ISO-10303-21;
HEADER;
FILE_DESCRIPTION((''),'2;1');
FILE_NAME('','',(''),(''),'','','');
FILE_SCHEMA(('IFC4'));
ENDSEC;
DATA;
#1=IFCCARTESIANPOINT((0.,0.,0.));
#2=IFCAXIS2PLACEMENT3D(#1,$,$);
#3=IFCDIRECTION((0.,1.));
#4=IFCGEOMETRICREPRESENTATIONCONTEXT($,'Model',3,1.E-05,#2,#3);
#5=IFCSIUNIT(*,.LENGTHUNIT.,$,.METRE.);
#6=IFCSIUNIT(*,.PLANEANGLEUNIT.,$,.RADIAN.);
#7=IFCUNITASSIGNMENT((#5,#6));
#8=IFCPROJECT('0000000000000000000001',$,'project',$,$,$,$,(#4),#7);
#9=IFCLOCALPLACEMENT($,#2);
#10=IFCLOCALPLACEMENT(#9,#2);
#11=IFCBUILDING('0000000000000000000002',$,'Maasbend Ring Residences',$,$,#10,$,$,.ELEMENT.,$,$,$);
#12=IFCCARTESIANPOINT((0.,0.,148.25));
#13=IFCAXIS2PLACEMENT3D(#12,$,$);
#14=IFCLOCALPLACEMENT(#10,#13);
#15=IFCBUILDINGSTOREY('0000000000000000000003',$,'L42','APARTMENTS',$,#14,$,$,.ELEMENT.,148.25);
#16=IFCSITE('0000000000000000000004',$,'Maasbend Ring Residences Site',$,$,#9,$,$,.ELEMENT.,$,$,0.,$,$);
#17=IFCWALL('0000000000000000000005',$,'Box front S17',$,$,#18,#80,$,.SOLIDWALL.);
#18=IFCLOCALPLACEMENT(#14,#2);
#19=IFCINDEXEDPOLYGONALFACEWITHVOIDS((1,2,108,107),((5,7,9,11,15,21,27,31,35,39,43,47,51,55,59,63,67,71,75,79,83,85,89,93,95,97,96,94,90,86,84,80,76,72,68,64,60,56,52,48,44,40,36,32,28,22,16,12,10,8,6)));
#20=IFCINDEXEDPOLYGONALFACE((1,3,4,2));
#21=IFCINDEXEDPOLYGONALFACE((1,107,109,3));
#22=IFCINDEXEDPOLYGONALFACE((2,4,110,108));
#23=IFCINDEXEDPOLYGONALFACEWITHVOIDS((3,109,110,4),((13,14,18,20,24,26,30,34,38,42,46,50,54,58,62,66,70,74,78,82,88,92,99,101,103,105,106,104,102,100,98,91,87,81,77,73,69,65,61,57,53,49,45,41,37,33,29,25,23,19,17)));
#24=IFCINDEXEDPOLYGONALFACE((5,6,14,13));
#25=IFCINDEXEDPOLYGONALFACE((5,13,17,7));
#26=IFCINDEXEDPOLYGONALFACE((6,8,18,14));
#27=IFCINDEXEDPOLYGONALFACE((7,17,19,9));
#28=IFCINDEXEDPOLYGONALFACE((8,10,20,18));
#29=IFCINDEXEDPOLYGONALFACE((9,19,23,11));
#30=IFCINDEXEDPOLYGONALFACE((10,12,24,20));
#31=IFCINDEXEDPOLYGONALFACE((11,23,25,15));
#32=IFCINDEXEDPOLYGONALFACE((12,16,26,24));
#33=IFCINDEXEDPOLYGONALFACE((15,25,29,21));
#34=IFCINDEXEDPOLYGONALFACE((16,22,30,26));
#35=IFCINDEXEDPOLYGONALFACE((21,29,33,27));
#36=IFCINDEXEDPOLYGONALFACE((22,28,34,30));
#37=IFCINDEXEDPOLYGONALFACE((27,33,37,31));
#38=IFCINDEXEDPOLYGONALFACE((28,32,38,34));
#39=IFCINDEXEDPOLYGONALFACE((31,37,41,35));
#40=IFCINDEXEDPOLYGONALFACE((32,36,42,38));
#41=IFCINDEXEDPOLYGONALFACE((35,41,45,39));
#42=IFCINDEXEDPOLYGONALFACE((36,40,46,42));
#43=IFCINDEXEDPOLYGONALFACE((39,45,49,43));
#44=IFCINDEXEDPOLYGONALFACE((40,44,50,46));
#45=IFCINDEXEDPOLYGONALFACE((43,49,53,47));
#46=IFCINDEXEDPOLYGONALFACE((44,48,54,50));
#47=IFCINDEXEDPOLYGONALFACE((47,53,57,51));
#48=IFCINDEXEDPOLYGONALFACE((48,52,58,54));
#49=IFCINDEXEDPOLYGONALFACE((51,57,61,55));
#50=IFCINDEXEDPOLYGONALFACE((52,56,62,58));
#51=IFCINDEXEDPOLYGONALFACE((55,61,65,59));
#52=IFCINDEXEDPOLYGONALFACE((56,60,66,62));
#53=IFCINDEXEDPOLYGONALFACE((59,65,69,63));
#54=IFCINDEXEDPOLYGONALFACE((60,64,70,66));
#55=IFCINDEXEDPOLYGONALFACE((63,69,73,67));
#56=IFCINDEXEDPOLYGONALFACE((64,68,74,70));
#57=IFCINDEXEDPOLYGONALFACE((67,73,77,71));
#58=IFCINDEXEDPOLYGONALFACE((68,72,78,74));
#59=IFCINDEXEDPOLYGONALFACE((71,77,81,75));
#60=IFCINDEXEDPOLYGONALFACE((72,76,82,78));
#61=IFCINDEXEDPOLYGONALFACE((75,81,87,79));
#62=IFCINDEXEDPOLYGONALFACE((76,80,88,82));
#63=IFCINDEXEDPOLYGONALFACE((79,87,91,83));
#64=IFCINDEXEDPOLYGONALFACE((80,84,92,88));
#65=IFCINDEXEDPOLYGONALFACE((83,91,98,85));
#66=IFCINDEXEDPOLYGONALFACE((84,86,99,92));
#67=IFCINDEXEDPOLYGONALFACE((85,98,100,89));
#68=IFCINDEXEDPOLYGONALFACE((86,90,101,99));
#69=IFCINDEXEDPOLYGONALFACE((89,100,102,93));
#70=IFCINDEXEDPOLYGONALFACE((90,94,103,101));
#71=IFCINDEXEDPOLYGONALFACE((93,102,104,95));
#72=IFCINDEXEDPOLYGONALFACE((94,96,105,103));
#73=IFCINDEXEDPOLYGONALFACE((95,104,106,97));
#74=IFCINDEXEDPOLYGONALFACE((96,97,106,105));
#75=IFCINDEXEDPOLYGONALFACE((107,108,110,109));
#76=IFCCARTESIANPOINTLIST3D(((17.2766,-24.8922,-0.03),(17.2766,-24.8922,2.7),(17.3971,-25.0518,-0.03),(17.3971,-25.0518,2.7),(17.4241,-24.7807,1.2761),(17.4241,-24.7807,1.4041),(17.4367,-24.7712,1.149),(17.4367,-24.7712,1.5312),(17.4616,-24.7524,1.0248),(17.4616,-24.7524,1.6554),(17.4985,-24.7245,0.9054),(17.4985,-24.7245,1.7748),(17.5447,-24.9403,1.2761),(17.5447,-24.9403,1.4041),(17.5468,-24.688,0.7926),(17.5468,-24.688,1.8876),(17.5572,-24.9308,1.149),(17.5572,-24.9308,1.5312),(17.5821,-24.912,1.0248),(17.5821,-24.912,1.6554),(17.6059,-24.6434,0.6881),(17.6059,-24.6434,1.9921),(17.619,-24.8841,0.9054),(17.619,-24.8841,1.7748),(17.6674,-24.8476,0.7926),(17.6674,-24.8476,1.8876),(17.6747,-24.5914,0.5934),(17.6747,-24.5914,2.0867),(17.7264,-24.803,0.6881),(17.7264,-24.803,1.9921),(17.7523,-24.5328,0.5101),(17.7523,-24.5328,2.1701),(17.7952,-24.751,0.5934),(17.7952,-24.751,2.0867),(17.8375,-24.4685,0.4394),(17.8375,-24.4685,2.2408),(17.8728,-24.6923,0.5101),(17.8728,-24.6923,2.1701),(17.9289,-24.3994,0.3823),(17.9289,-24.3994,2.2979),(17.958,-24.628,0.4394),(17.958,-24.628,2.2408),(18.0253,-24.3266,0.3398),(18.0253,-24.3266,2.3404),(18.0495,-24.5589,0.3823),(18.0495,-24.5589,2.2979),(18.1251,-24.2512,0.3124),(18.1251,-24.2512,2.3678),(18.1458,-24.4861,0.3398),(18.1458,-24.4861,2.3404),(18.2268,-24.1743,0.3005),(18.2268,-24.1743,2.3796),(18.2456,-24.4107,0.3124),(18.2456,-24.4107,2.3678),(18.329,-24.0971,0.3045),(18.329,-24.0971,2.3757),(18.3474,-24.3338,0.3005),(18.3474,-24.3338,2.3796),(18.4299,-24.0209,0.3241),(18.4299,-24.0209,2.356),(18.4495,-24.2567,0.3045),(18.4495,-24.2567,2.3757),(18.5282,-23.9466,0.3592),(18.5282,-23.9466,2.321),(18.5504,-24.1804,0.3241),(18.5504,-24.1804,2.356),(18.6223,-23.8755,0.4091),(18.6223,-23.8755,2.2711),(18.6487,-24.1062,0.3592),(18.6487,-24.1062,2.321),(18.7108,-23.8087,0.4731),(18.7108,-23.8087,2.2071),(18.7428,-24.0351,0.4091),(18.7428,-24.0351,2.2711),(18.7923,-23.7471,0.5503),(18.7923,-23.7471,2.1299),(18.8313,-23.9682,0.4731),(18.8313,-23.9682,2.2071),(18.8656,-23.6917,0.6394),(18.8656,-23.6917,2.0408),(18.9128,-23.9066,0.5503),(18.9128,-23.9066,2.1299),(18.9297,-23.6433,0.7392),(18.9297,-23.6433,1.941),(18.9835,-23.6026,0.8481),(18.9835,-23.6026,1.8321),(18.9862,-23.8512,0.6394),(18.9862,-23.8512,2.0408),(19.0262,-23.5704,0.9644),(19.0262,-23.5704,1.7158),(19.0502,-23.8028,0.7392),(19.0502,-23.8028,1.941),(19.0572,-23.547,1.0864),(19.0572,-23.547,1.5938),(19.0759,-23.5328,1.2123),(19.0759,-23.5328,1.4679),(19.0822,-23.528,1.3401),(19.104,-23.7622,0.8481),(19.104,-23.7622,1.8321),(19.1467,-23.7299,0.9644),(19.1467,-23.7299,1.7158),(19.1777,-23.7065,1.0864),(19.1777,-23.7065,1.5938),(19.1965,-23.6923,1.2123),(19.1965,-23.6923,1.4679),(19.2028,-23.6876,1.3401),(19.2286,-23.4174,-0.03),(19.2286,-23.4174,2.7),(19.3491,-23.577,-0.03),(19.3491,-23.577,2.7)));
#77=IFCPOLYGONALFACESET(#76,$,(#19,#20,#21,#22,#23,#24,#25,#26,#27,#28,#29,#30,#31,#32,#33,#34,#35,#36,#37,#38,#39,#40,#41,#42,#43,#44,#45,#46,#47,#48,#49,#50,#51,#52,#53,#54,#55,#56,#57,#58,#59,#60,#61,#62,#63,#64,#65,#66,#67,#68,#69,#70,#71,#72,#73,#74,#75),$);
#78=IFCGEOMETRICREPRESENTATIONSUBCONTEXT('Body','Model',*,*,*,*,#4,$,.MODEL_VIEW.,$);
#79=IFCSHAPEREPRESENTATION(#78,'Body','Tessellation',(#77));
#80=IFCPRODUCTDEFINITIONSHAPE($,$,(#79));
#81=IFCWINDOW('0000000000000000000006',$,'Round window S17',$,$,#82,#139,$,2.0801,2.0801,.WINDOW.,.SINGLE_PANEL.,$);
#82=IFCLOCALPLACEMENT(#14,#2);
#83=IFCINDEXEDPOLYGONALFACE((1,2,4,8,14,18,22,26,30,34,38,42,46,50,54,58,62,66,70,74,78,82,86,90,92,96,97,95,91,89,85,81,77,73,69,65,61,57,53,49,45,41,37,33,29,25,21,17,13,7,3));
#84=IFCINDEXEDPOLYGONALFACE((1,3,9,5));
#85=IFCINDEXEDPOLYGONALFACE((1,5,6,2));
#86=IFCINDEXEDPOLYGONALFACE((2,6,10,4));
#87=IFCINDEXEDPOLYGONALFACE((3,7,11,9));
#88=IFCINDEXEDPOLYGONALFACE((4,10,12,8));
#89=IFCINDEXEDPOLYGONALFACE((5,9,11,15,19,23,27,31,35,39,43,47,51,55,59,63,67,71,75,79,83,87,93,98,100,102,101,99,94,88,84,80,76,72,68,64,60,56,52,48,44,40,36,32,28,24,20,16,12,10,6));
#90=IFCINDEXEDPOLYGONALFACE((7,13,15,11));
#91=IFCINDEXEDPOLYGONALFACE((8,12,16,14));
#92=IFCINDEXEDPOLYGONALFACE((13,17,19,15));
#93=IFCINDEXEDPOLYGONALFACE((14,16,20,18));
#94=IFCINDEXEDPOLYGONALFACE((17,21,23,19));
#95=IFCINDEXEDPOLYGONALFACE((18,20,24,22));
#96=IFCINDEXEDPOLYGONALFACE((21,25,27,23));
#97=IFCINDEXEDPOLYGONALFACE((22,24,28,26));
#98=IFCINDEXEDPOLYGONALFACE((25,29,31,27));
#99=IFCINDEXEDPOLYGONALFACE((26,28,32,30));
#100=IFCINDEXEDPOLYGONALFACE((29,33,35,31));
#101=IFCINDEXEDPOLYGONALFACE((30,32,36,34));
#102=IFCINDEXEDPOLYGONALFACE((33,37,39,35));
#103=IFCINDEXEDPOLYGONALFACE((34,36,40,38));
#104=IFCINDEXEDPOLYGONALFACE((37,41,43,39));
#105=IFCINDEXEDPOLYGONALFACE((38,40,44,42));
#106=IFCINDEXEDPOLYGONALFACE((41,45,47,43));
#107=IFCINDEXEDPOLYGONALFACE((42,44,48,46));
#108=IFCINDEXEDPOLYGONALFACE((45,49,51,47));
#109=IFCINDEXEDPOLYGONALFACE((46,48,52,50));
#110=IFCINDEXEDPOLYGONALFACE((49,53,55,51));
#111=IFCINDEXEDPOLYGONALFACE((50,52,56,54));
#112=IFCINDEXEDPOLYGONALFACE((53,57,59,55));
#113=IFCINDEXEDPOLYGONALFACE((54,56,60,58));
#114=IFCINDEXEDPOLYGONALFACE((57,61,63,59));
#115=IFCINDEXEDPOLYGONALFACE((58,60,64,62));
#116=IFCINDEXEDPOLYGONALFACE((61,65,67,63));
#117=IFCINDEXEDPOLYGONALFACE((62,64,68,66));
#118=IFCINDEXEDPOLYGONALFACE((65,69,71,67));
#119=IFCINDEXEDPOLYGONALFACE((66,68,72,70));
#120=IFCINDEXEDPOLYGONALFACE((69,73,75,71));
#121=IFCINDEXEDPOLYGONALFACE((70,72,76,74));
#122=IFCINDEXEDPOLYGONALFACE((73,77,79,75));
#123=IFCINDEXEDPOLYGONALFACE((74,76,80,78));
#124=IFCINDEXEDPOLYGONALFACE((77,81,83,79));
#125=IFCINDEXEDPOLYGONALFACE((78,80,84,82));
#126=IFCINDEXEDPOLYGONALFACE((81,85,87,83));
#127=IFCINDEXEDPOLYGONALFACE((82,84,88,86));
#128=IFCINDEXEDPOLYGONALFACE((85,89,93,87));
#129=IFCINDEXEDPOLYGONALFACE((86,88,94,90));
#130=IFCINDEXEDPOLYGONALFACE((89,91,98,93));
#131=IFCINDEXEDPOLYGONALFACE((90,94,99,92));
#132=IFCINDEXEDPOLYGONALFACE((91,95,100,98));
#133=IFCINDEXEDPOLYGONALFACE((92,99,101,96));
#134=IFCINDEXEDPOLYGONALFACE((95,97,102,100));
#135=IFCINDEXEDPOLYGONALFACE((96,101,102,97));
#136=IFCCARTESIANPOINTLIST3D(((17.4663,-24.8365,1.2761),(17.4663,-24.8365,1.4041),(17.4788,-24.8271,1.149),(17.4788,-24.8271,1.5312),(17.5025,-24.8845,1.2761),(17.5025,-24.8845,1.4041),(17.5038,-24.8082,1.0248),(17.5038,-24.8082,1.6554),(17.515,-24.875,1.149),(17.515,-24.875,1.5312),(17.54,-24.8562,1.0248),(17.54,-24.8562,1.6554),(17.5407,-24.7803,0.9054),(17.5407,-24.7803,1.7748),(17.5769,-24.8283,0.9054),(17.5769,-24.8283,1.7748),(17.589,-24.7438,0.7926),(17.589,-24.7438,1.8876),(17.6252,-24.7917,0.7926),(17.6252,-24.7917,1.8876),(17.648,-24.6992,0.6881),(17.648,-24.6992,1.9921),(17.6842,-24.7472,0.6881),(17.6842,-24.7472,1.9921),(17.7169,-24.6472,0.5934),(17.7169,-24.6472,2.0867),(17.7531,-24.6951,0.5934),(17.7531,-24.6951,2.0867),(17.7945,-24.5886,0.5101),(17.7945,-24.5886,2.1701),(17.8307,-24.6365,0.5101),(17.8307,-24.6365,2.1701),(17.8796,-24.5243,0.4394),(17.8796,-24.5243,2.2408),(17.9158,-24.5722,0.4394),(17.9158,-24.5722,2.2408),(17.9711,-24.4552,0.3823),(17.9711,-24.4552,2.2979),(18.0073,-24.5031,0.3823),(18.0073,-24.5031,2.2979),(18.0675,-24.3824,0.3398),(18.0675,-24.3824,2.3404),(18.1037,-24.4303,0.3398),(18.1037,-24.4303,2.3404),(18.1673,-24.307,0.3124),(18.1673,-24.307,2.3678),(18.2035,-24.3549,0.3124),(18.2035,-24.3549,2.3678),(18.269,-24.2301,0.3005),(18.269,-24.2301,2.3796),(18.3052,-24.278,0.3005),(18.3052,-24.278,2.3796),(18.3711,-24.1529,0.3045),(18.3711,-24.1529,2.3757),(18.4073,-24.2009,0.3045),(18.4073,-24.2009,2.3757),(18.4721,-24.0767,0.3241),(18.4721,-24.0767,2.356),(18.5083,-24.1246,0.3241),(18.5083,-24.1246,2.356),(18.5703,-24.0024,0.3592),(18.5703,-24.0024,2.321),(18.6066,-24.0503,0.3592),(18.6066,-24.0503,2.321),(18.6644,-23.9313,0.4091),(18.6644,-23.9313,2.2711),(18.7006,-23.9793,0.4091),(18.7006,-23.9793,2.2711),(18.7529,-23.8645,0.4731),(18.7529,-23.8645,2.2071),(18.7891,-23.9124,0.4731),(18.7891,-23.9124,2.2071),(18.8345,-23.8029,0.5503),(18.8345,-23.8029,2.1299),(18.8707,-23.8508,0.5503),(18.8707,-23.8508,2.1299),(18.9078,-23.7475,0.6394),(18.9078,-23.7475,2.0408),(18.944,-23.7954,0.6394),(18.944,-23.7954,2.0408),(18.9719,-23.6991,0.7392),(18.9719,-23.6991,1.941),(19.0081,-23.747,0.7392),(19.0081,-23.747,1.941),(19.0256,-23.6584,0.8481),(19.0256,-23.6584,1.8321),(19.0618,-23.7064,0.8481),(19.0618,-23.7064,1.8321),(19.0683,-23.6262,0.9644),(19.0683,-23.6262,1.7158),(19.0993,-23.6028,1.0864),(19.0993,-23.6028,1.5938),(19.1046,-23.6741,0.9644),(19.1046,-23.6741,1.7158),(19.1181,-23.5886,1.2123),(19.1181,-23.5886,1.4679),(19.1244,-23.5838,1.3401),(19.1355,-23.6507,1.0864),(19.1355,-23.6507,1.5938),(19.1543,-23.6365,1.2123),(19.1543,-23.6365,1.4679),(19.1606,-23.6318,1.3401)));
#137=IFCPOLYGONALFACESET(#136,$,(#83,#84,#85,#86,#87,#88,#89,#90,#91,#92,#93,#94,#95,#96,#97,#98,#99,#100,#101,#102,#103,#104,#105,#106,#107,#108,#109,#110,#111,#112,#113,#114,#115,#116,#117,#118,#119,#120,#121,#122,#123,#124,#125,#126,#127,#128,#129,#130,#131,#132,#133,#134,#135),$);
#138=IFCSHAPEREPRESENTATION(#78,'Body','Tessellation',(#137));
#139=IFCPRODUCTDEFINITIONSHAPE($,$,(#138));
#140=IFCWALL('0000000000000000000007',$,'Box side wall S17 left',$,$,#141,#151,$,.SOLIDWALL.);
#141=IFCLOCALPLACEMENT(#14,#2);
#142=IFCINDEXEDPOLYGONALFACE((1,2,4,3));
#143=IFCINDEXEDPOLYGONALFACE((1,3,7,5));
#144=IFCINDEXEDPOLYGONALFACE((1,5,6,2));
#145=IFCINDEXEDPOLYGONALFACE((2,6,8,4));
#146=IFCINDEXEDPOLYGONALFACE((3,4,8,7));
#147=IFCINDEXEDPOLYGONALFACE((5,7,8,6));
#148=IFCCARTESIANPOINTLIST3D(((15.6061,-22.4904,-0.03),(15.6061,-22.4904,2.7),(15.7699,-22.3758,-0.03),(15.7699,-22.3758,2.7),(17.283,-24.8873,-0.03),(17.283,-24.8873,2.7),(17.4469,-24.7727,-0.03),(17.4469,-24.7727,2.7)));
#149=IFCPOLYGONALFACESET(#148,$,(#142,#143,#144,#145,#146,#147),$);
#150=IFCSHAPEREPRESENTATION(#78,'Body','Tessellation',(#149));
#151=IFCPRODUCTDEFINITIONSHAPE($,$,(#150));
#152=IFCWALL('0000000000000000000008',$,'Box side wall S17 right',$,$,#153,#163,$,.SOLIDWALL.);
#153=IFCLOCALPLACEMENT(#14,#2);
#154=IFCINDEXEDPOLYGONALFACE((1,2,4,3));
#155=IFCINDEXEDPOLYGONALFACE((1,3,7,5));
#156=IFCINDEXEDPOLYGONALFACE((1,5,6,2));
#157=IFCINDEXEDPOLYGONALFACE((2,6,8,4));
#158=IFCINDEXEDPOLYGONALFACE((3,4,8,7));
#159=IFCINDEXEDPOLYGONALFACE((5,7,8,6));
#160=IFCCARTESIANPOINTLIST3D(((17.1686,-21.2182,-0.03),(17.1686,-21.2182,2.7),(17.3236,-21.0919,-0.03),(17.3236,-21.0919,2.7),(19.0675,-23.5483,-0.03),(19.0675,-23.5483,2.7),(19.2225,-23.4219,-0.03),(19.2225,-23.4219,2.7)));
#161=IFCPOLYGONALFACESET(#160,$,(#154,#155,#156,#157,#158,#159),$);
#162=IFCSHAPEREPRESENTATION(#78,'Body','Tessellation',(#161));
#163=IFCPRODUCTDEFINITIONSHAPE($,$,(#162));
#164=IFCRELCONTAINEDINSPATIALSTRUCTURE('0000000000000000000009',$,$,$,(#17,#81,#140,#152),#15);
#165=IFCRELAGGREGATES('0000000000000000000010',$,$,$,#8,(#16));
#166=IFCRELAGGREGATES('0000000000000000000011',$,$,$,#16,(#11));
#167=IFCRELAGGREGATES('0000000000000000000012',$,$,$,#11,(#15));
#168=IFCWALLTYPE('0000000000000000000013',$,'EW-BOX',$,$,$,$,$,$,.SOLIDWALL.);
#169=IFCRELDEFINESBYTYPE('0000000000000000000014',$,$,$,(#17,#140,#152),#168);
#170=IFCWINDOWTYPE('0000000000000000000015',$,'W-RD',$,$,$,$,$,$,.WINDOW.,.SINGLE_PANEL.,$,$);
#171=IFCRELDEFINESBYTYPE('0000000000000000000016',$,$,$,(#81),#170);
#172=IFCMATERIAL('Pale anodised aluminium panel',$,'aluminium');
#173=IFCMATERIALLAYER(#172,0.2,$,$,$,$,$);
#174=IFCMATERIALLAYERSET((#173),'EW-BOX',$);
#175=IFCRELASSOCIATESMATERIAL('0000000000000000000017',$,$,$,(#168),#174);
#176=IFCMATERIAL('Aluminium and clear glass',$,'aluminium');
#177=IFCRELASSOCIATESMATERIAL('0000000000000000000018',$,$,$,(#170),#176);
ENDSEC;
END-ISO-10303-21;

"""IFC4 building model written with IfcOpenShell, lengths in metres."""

from ifc_helpers import new_model, si_unit, direction, frame, frame_2d, origin, place, context, subcontext, project, spatial, rectangle, circle, extrude, material, layer, layer_set, type_object, element, fill, save


model = new_model("IFC4")

# Units and contexts
model_context = context("Model", 3, precision=1e-05, world=origin(), true_north=direction((0.0, 1.0)))
body_context = subcontext(model_context, "Body", "Model", "MODEL_VIEW")
ifc_project = project(units=[si_unit("LENGTHUNIT", "METRE"), si_unit("PLANEANGLEUNIT", "RADIAN")], contexts=[model_context])

# Site, building, storey
site_placement = place(None, origin())
site = spatial("IfcSite", under=ifc_project, at=site_placement, Name="Maasbend Ring Residences Site", CompositionType="ELEMENT", RefElevation=0.0)
building_placement = place(site_placement, origin())
building = spatial("IfcBuilding", under=site, at=building_placement, Name="Maasbend Ring Residences", CompositionType="ELEMENT")
storey_placement = place(building_placement, frame((0.0, 0.0, 148.25)))
storey = spatial("IfcBuildingStorey", under=building, at=storey_placement, Name="L42", Description="APARTMENTS", CompositionType="ELEMENT", Elevation=148.25)

# Shared definitions
ifc_material_1 = material(Name="Pale anodised aluminium panel", Category="aluminium")
ifc_layer_1 = layer(ifc_material_1, 0.2)
ifc_layer_set_1 = layer_set([ifc_layer_1], Name="EW-BOX")
wall_type_1 = type_object("IfcWallType", Name="EW-BOX", PredefinedType="SOLIDWALL", material=ifc_layer_set_1)

# Wall, opening, window
wall_1_placement = place(storey_placement, frame((17.3369, -24.9719, -0.03), z_axis=(0.0, 0.0, 1.0), x_axis=(0.797888, 0.602806, 0.0)))
wall_1 = element("IfcWall", 1, at=wall_1_placement, inside=storey, type_object=wall_type_1, Name="Box front S17", PredefinedType="SOLIDWALL", context=body_context, shape_type="SweptSolid", body=[
    extrude(rectangle(XDim=2.4465, YDim=0.2, at=frame_2d((1.2231, 0.0))), origin(), (0.0, 0.0, 1.0), 2.73),
])
opening_1_placement = place(wall_1_placement, frame((0.1829, 0.0, 0.3301)))
opening_1 = element("IfcOpeningElement", 2, at=opening_1_placement, cuts=wall_1, PredefinedType="OPENING", context=body_context, shape_type="SweptSolid", body=[
    extrude(circle(Radius=1.04, at=frame_2d((1.04, 1.04))), frame((0.0, 0.1099, 0.0), z_axis=(0.0, -1.0, 0.0), x_axis=(1.0, 0.0, 0.0)), (0.0, 0.0, 1.0), 0.22),
])
ifc_material_2 = material(Name="Aluminium and clear glass", Category="aluminium")
window_type_1 = type_object("IfcWindowType", Name="W-RD", PartitioningType="SINGLE_PANEL", PredefinedType="WINDOW", material=ifc_material_2)
window_1_placement = place(opening_1_placement, origin())
window_1 = element("IfcWindow", 3, at=window_1_placement, inside=storey, type_object=window_type_1, Name="Round window S17", OverallHeight=2.0801, OverallWidth=2.0801, PartitioningType="SINGLE_PANEL", PredefinedType="WINDOW", context=body_context, shape_type="SweptSolid", body=[
    extrude(circle(Radius=1.04, at=frame_2d((1.04, 1.04))), frame((0.0, 0.03, 0.0), z_axis=(0.0, -1.0, 0.0), x_axis=(1.0, 0.0, 0.0)), (0.0, 0.0, 1.0), 0.0601),
])
fill(opening_1, window_1)

# Walls
wall_2_placement = place(storey_placement, frame((15.688, -22.4331, -0.03), z_axis=(0.0, 0.0, 1.0), x_axis=(0.573261, -0.819373, 0.0)))
element("IfcWall", 4, at=wall_2_placement, inside=storey, type_object=wall_type_1, Name="Box side wall S17 left", PredefinedType="SOLIDWALL", context=body_context, shape_type="SweptSolid", body=[
    extrude(rectangle(XDim=2.9253, YDim=0.2, at=frame_2d((1.4626, 0.0))), origin(), (0.0, 0.0, 1.0), 2.73),
])
wall_3_placement = place(storey_placement, frame((17.2461, -21.155, -0.03), z_axis=(0.0, 0.0, 1.0), x_axis=(0.631742, -0.775179, 0.0)))
element("IfcWall", 5, at=wall_3_placement, inside=storey, type_object=wall_type_1, Name="Box side wall S17 right", PredefinedType="SOLIDWALL", context=body_context, shape_type="SweptSolid", body=[
    extrude(rectangle(XDim=3.0059, YDim=0.2, at=frame_2d((1.5029, 0.0))), origin(), (0.0, 0.0, 1.0), 2.73),
])

save(model, "model.ifc")
